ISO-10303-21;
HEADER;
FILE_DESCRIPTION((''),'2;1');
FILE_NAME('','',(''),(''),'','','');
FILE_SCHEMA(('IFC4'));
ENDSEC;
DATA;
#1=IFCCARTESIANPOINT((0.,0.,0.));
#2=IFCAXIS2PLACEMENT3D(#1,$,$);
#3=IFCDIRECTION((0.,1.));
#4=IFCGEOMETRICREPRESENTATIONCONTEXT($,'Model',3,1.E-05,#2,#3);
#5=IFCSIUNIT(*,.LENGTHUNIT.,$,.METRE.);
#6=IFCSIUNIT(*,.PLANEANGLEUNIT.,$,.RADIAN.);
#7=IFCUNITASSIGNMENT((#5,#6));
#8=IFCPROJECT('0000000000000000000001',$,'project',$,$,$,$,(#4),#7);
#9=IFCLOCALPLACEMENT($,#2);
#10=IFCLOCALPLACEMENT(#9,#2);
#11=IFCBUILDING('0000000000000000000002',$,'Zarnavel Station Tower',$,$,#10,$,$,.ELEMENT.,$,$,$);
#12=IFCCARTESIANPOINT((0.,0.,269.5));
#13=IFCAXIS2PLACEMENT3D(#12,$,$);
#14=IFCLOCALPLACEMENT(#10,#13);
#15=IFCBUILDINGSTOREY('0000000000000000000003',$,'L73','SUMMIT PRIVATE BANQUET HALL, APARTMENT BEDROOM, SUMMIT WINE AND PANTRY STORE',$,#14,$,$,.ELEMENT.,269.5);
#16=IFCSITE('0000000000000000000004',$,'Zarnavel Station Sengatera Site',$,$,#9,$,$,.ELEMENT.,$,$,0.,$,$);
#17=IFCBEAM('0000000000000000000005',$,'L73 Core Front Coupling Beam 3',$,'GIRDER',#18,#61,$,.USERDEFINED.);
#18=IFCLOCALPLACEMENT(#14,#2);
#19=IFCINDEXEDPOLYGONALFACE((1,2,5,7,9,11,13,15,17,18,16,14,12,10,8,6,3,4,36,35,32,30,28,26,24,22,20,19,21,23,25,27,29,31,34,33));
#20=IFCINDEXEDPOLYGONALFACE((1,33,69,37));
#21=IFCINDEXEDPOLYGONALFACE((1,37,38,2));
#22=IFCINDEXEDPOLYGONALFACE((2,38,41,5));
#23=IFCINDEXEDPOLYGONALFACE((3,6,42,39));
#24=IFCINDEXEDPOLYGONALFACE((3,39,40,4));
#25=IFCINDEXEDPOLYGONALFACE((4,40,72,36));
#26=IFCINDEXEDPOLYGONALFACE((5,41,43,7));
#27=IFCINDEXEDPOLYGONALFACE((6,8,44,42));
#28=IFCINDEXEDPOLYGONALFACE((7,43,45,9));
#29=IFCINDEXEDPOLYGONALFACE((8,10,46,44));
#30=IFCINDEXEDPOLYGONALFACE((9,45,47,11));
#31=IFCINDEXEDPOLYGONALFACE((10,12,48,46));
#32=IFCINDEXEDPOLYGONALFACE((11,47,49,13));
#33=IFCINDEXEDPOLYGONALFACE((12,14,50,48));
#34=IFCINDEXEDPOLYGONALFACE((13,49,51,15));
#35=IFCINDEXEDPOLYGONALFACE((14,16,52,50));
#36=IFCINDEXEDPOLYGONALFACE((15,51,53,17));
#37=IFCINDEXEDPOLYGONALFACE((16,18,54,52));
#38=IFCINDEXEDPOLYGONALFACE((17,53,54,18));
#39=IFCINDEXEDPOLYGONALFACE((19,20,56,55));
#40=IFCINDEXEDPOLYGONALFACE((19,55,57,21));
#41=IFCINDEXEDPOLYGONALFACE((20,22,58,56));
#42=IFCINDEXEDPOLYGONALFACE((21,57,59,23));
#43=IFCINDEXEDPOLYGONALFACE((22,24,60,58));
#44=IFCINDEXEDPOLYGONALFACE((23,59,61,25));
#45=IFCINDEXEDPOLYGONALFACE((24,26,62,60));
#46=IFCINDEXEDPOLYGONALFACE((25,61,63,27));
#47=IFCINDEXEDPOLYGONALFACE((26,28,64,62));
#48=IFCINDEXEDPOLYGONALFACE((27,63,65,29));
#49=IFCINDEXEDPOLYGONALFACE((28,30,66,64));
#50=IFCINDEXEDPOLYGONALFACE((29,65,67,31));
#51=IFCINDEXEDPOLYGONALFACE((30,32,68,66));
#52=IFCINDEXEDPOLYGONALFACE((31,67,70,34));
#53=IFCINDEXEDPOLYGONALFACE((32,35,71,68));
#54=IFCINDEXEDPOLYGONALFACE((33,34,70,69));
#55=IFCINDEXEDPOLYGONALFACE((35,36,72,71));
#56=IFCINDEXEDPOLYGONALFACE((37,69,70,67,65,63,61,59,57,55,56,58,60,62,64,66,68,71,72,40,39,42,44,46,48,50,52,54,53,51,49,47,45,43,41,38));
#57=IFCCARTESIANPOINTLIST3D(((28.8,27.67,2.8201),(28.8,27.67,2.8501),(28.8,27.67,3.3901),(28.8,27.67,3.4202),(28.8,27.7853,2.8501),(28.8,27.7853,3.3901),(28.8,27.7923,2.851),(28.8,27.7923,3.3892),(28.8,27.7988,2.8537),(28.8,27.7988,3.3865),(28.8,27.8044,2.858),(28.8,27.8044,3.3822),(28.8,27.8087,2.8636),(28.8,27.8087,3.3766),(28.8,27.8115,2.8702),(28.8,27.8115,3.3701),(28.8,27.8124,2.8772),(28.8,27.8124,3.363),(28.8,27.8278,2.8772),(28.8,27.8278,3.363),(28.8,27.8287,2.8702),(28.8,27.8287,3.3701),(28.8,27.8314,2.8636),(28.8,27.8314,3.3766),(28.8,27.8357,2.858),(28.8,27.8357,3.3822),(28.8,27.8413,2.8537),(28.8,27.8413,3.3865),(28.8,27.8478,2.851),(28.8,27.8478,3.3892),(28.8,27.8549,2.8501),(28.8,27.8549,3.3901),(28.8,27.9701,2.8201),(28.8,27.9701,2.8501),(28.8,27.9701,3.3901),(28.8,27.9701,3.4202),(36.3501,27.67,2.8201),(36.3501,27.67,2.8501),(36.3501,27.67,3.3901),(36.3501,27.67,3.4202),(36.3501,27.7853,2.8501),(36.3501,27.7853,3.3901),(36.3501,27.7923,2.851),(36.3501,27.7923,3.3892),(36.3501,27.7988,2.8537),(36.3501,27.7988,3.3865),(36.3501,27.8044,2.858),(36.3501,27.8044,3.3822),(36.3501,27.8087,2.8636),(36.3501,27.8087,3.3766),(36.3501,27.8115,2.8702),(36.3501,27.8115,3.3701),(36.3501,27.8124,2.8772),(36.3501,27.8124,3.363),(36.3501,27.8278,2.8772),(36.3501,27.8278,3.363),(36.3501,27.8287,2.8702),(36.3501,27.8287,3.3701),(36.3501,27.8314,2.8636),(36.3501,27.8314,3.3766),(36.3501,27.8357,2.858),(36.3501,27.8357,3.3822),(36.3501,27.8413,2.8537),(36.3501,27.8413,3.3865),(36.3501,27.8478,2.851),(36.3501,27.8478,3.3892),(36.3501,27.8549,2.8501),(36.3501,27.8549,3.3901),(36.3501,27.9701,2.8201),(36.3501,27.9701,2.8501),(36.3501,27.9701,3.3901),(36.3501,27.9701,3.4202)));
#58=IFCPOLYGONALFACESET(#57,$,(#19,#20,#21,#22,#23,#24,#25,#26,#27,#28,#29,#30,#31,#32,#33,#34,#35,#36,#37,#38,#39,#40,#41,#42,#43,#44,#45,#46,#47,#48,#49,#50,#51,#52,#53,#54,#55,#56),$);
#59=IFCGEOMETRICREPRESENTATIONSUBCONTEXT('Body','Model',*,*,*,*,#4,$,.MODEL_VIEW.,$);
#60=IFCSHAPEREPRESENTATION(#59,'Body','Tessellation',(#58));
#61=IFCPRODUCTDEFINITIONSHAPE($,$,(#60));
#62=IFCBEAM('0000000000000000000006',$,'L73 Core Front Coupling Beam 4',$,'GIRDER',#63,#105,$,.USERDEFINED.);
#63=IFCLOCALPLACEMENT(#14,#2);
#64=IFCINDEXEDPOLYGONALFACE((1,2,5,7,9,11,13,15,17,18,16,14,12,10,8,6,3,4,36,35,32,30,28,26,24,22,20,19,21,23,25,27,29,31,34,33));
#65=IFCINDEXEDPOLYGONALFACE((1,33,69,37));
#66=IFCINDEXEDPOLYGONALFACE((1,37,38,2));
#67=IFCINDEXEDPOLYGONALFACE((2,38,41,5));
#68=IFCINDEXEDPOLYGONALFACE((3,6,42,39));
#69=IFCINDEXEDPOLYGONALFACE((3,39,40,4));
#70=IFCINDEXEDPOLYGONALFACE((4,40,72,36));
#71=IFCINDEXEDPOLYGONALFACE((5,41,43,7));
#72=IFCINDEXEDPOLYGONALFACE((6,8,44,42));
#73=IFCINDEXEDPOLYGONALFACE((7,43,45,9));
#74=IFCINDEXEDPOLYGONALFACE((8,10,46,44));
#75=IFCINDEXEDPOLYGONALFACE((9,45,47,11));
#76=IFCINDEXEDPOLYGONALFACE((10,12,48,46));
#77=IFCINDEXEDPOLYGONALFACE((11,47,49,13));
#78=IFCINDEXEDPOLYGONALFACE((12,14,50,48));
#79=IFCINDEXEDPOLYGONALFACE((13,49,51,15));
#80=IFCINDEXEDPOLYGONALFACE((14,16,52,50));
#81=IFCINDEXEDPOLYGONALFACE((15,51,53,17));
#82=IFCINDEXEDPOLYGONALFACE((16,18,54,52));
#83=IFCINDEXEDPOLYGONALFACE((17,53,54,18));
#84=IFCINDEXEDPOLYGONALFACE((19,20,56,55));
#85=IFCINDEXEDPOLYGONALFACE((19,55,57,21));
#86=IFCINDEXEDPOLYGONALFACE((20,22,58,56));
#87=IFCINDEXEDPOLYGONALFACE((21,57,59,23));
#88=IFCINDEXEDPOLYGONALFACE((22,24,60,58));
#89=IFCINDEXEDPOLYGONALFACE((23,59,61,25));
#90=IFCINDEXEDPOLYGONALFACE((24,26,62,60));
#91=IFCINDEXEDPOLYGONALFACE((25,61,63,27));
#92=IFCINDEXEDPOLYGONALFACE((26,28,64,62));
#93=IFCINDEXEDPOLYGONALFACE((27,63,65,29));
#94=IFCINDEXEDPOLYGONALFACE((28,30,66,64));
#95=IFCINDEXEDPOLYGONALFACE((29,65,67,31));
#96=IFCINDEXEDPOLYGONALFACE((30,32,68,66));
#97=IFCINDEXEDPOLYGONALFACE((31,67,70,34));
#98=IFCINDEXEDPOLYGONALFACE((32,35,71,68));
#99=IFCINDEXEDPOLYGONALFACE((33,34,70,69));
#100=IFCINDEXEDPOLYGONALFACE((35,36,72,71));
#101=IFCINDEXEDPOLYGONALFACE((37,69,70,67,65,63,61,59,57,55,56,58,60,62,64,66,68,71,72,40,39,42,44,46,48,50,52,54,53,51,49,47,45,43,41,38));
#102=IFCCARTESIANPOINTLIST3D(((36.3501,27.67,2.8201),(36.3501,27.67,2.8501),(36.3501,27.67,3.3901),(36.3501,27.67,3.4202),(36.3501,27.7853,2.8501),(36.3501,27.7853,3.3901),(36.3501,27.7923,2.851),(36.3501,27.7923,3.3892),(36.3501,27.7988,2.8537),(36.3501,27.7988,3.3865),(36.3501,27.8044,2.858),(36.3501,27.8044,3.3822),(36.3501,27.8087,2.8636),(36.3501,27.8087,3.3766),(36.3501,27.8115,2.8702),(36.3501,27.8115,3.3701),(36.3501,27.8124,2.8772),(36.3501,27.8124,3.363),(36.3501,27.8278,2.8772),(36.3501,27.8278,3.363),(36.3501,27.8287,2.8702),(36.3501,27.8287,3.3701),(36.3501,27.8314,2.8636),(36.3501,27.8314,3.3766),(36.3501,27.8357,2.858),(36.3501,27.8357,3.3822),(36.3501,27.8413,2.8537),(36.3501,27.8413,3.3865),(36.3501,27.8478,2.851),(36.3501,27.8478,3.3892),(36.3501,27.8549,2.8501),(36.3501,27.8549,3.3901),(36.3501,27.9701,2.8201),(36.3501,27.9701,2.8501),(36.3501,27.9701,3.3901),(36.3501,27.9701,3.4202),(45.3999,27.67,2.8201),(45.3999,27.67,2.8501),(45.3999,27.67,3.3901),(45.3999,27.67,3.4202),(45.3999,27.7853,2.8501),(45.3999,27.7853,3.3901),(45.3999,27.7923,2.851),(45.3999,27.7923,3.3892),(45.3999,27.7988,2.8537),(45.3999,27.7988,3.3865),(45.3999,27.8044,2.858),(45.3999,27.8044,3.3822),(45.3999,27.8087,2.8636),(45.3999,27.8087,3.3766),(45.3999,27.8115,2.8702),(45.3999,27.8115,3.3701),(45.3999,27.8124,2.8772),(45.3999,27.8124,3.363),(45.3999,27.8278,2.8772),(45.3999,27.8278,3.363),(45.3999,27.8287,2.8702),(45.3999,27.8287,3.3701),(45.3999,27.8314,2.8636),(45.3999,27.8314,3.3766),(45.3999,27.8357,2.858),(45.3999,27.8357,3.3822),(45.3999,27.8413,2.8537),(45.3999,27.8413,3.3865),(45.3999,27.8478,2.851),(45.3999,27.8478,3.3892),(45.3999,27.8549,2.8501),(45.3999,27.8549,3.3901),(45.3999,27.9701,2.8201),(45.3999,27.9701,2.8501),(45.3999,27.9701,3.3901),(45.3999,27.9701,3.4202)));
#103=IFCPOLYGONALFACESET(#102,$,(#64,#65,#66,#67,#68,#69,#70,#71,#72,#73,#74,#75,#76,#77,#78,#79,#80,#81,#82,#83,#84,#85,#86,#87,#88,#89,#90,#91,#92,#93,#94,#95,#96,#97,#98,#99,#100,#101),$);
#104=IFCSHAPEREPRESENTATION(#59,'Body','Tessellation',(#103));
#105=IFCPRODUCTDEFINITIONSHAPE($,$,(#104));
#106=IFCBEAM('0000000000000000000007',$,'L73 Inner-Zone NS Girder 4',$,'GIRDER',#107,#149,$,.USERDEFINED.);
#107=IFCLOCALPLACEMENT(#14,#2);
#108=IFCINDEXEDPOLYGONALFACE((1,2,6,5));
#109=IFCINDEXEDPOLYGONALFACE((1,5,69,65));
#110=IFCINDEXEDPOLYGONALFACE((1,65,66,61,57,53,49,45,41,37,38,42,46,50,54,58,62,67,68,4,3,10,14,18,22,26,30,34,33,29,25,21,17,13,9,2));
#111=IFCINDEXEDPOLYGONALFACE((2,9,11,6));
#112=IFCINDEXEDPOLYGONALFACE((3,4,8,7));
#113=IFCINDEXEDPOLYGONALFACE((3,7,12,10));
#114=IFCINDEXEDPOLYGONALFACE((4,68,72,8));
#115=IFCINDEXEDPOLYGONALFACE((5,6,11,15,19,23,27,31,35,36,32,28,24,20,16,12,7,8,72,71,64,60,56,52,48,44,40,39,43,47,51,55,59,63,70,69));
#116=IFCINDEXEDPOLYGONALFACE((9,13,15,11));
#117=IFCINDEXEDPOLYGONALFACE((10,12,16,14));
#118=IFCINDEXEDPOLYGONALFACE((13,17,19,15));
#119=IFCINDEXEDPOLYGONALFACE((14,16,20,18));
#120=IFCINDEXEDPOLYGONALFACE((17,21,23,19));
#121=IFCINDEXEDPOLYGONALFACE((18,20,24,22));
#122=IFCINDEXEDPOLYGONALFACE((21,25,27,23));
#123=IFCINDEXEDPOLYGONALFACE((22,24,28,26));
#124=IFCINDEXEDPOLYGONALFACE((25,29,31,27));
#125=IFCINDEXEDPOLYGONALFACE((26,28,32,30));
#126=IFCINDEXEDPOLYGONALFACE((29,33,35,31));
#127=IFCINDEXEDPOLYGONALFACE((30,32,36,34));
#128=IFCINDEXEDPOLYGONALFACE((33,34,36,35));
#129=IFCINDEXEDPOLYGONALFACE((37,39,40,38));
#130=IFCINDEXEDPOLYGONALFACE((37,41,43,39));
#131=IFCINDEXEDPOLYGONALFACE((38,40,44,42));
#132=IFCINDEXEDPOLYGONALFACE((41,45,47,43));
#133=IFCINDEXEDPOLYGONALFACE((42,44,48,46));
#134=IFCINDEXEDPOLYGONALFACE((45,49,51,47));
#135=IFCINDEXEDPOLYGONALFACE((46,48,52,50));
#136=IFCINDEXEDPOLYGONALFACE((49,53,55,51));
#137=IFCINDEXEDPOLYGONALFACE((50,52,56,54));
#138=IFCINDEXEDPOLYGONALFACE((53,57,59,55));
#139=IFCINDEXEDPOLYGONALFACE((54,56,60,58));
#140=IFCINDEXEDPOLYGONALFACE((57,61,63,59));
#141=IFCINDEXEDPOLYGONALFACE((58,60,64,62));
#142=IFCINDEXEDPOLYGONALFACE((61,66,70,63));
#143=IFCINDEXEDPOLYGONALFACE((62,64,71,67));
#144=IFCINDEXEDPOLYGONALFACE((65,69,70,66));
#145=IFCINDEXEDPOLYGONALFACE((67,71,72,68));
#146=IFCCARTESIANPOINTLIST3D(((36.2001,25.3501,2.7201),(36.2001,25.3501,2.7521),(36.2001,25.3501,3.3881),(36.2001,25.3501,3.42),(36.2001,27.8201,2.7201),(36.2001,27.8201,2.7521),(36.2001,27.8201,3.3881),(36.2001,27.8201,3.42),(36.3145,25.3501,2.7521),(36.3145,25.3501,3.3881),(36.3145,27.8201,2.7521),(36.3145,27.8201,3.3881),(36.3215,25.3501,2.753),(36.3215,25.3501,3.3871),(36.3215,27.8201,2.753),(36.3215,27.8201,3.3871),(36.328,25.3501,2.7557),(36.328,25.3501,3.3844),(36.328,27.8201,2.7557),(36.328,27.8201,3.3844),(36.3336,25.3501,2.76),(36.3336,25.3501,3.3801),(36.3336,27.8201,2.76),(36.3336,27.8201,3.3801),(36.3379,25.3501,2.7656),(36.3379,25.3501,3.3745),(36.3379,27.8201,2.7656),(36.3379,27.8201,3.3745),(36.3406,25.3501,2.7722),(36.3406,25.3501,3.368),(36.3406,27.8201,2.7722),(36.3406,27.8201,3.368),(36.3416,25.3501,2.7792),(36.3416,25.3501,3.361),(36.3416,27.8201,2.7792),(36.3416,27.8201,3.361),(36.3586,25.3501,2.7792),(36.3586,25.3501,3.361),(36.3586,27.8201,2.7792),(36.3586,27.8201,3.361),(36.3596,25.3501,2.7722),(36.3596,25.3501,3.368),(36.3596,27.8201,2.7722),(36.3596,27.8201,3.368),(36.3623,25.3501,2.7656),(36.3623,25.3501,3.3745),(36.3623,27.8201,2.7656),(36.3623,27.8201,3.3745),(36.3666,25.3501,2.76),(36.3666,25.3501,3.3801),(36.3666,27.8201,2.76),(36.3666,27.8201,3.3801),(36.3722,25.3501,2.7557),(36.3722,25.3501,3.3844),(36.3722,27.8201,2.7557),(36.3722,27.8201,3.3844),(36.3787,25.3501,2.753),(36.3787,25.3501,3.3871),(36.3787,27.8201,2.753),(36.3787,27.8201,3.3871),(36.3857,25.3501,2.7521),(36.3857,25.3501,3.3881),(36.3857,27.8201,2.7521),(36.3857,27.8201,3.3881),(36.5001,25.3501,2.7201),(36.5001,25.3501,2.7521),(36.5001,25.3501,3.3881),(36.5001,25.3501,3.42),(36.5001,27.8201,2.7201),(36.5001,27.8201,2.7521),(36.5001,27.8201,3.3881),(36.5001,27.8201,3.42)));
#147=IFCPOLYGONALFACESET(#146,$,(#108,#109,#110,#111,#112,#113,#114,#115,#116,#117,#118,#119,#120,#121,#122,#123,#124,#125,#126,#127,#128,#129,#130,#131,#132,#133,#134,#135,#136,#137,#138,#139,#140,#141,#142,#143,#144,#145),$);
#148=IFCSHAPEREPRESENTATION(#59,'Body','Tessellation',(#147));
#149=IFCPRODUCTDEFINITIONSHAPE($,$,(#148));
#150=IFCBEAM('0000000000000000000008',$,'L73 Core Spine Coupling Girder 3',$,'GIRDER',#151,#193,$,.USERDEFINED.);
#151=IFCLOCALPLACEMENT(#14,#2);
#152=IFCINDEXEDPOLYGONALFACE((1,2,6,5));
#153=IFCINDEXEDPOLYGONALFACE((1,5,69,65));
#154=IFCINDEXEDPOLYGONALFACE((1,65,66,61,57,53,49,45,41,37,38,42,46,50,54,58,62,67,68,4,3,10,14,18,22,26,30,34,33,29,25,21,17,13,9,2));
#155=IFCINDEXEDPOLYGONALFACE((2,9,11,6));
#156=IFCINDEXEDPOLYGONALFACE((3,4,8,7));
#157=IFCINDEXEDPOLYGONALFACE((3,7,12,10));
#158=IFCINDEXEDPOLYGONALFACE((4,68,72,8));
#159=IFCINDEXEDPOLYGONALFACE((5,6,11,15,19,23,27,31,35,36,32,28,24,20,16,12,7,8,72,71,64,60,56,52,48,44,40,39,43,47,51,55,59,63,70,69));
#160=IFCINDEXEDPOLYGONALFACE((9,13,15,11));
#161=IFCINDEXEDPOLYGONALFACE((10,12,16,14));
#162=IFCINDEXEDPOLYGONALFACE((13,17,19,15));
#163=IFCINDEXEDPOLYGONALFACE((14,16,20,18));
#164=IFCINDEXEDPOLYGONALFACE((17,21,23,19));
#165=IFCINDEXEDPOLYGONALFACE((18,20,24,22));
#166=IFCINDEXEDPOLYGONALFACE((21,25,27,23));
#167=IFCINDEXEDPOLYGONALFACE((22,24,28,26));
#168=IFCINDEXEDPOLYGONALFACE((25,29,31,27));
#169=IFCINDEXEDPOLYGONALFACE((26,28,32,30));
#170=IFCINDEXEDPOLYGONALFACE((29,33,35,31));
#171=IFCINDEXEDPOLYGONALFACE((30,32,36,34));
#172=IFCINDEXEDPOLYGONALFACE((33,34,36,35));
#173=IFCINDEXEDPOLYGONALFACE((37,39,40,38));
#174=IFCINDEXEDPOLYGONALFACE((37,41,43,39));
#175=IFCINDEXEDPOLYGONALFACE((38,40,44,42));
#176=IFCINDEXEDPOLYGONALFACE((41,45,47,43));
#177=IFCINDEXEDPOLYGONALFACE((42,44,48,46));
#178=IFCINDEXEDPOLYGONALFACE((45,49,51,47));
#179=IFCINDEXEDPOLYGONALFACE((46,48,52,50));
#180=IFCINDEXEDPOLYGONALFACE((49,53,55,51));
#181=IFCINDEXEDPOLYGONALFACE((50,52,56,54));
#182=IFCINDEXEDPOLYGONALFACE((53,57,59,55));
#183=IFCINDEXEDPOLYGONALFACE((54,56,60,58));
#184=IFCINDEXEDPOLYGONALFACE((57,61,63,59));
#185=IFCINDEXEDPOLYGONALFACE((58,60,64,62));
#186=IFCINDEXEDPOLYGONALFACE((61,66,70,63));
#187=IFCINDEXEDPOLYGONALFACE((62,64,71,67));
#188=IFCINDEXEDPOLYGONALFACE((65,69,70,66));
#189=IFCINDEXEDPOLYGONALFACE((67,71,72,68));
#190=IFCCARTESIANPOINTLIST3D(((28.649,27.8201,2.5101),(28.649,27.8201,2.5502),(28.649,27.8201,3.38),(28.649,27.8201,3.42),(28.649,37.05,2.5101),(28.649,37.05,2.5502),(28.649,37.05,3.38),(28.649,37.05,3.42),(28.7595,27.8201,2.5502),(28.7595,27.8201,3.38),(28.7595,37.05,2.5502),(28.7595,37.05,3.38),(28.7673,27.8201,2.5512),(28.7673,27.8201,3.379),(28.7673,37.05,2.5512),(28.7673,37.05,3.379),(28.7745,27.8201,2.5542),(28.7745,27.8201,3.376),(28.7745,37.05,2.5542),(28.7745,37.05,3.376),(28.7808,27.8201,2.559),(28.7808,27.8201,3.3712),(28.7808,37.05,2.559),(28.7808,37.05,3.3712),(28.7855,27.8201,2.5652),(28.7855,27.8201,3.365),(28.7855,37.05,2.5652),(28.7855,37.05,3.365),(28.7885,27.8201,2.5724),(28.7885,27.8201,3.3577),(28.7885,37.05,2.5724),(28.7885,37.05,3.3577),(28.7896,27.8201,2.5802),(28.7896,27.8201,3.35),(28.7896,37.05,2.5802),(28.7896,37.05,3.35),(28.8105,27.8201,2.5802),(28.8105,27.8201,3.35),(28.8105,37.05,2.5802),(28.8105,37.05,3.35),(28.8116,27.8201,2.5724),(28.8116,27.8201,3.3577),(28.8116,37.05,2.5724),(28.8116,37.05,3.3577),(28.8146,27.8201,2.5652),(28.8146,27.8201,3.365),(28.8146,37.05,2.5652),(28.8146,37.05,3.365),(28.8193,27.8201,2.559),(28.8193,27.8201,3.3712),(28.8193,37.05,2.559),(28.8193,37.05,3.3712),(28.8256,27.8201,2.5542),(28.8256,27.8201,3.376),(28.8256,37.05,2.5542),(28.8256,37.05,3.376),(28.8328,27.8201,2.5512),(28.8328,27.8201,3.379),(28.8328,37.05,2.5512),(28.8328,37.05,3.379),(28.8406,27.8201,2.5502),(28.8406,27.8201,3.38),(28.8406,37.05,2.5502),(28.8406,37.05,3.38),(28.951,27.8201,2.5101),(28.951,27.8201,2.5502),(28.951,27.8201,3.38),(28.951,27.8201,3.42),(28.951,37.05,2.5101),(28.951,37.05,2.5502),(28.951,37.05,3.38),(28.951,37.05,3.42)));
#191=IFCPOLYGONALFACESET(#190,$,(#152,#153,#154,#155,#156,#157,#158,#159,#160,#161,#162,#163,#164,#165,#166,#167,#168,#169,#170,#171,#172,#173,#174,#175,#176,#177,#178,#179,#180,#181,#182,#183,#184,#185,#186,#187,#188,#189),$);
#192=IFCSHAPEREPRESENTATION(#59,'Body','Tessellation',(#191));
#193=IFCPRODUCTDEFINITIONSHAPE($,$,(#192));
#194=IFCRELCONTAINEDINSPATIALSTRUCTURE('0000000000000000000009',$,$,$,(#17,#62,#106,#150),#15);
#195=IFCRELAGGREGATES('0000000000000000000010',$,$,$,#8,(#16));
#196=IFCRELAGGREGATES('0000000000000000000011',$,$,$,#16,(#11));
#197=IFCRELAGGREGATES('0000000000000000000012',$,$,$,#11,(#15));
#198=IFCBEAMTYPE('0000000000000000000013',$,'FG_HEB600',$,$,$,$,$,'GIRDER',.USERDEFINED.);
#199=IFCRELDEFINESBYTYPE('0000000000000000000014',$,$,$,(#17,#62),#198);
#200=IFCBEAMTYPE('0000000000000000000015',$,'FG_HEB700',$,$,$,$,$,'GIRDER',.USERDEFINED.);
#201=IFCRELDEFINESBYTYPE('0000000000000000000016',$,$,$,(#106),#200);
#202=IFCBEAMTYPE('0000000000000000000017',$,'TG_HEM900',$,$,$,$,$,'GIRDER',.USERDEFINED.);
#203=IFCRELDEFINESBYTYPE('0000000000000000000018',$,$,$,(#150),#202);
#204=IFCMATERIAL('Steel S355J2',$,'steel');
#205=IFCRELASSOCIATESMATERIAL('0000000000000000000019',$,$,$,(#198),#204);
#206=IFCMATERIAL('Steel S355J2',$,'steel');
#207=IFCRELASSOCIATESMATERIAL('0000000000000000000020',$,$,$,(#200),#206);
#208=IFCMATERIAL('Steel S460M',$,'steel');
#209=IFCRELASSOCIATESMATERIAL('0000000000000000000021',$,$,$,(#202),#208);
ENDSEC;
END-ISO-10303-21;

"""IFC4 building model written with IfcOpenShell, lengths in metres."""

from ifc_helpers import new_model, si_unit, direction, frame, origin, origin_2d, place, context, subcontext, project, spatial, i_section, extrude, material, material_profile, profile_set, type_object, element, save


model = new_model("IFC4")

# Units and contexts
model_context = context("Model", 3, precision=1e-05, world=origin(), true_north=direction((0.0, 1.0)))
body_context = subcontext(model_context, "Body", "Model", "MODEL_VIEW")
ifc_project = project(units=[si_unit("LENGTHUNIT", "METRE"), si_unit("PLANEANGLEUNIT", "RADIAN")], contexts=[model_context])

# Site, building, storey
site_placement = place(None, origin())
site = spatial("IfcSite", under=ifc_project, at=site_placement, Name="Zarnavel Station Sengatera Site", CompositionType="ELEMENT", RefElevation=0.0)
building_placement = place(site_placement, origin())
building = spatial("IfcBuilding", under=site, at=building_placement, Name="Zarnavel Station Tower", CompositionType="ELEMENT")
storey_placement = place(building_placement, frame((0.0, 0.0, 269.5)))
storey = spatial("IfcBuildingStorey", under=building, at=storey_placement, Name="L73", Description="SUMMIT PRIVATE BANQUET HALL, APARTMENT BEDROOM, SUMMIT WINE AND PANTRY STORE", CompositionType="ELEMENT", Elevation=269.5)

# Beams
ifc_material_1 = material(Name="Steel S355J2", Category="steel")
ifc_material_profile_1 = material_profile(ifc_material_1, i_section(OverallWidth=0.3, OverallDepth=0.6001, WebThickness=0.0154, FlangeThickness=0.03, FilletRadius=0.0271, at=origin_2d()), Name="HEB600")
ifc_profile_set_1 = profile_set([ifc_material_profile_1], Name="Steel S355J2")
beam_type_1 = type_object("IfcBeamType", Name="FG_HEB600", ElementType="GIRDER", PredefinedType="USERDEFINED", material=ifc_profile_set_1)
beam_1_placement = place(storey_placement, frame((28.8, 27.8201, 3.1201), z_axis=(1.0, 0.0, 0.0), x_axis=(0.0, 1.0, 0.0)))
element("IfcBeam", 1, at=beam_1_placement, inside=storey, type_object=beam_type_1, Name="L73 Core Front Coupling Beam 3", ObjectType="GIRDER", PredefinedType="USERDEFINED", context=body_context, shape_type="SweptSolid", body=[
    extrude(i_section(OverallWidth=0.3, OverallDepth=0.6001, WebThickness=0.0154, FlangeThickness=0.03, FilletRadius=0.0271, at=origin_2d()), origin(), (0.0, 0.0, 1.0), 7.55),
])
beam_2_placement = place(storey_placement, frame((36.3501, 27.8201, 3.1201), z_axis=(1.0, 0.0, 0.0), x_axis=(0.0, 1.0, 0.0)))
element("IfcBeam", 2, at=beam_2_placement, inside=storey, type_object=beam_type_1, Name="L73 Core Front Coupling Beam 4", ObjectType="GIRDER", PredefinedType="USERDEFINED", context=body_context, shape_type="SweptSolid", body=[
    extrude(i_section(OverallWidth=0.3, OverallDepth=0.6001, WebThickness=0.0154, FlangeThickness=0.03, FilletRadius=0.0271, at=origin_2d()), origin(), (0.0, 0.0, 1.0), 9.0498),
])
ifc_material_2 = material(Name="Steel S355J2", Category="steel")
ifc_material_profile_2 = material_profile(ifc_material_2, i_section(OverallWidth=0.3, OverallDepth=0.7, WebThickness=0.0171, FlangeThickness=0.032, FilletRadius=0.0271, at=origin_2d()), Name="HEB700")
ifc_profile_set_2 = profile_set([ifc_material_profile_2], Name="Steel S355J2")
beam_type_2 = type_object("IfcBeamType", Name="FG_HEB700", ElementType="GIRDER", PredefinedType="USERDEFINED", material=ifc_profile_set_2)
beam_3_placement = place(storey_placement, frame((36.3501, 25.3501, 3.0701), z_axis=(0.0, 1.0, 0.0), x_axis=(-1.0, 0.0, 0.0)))
element("IfcBeam", 3, at=beam_3_placement, inside=storey, type_object=beam_type_2, Name="L73 Inner-Zone NS Girder 4", ObjectType="GIRDER", PredefinedType="USERDEFINED", context=body_context, shape_type="SweptSolid", body=[
    extrude(i_section(OverallWidth=0.3, OverallDepth=0.7, WebThickness=0.0171, FlangeThickness=0.032, FilletRadius=0.0271, at=origin_2d()), origin(), (0.0, 0.0, 1.0), 2.47),
])
ifc_material_3 = material(Name="Steel S460M", Category="steel")
ifc_material_profile_3 = material_profile(ifc_material_3, i_section(OverallWidth=0.302, OverallDepth=0.9099, WebThickness=0.021, FlangeThickness=0.04, FilletRadius=0.03, at=origin_2d()), Name="HEM900")
ifc_profile_set_3 = profile_set([ifc_material_profile_3], Name="Steel S460M")
beam_type_3 = type_object("IfcBeamType", Name="TG_HEM900", ElementType="GIRDER", PredefinedType="USERDEFINED", material=ifc_profile_set_3)
for number, where, z_axis, x_axis, name in (
    (4, (28.8, 27.8201, 2.9651), (0.0, 1.0, 0.0), (-1.0, 0.0, 0.0), "L73 Core Spine Coupling Girder 3"),
):
    element("IfcBeam", number, at=place(storey_placement, frame(where, z_axis=z_axis, x_axis=x_axis)), inside=storey, type_object=beam_type_3, Name=name, ObjectType="GIRDER", PredefinedType="USERDEFINED", context=body_context, shape_type="SweptSolid", body=[
        extrude(i_section(OverallWidth=0.302, OverallDepth=0.9099, WebThickness=0.021, FlangeThickness=0.04, FilletRadius=0.03, at=origin_2d()), origin(), (0.0, 0.0, 1.0), 9.23),
    ])

save(model, "model.ifc")
